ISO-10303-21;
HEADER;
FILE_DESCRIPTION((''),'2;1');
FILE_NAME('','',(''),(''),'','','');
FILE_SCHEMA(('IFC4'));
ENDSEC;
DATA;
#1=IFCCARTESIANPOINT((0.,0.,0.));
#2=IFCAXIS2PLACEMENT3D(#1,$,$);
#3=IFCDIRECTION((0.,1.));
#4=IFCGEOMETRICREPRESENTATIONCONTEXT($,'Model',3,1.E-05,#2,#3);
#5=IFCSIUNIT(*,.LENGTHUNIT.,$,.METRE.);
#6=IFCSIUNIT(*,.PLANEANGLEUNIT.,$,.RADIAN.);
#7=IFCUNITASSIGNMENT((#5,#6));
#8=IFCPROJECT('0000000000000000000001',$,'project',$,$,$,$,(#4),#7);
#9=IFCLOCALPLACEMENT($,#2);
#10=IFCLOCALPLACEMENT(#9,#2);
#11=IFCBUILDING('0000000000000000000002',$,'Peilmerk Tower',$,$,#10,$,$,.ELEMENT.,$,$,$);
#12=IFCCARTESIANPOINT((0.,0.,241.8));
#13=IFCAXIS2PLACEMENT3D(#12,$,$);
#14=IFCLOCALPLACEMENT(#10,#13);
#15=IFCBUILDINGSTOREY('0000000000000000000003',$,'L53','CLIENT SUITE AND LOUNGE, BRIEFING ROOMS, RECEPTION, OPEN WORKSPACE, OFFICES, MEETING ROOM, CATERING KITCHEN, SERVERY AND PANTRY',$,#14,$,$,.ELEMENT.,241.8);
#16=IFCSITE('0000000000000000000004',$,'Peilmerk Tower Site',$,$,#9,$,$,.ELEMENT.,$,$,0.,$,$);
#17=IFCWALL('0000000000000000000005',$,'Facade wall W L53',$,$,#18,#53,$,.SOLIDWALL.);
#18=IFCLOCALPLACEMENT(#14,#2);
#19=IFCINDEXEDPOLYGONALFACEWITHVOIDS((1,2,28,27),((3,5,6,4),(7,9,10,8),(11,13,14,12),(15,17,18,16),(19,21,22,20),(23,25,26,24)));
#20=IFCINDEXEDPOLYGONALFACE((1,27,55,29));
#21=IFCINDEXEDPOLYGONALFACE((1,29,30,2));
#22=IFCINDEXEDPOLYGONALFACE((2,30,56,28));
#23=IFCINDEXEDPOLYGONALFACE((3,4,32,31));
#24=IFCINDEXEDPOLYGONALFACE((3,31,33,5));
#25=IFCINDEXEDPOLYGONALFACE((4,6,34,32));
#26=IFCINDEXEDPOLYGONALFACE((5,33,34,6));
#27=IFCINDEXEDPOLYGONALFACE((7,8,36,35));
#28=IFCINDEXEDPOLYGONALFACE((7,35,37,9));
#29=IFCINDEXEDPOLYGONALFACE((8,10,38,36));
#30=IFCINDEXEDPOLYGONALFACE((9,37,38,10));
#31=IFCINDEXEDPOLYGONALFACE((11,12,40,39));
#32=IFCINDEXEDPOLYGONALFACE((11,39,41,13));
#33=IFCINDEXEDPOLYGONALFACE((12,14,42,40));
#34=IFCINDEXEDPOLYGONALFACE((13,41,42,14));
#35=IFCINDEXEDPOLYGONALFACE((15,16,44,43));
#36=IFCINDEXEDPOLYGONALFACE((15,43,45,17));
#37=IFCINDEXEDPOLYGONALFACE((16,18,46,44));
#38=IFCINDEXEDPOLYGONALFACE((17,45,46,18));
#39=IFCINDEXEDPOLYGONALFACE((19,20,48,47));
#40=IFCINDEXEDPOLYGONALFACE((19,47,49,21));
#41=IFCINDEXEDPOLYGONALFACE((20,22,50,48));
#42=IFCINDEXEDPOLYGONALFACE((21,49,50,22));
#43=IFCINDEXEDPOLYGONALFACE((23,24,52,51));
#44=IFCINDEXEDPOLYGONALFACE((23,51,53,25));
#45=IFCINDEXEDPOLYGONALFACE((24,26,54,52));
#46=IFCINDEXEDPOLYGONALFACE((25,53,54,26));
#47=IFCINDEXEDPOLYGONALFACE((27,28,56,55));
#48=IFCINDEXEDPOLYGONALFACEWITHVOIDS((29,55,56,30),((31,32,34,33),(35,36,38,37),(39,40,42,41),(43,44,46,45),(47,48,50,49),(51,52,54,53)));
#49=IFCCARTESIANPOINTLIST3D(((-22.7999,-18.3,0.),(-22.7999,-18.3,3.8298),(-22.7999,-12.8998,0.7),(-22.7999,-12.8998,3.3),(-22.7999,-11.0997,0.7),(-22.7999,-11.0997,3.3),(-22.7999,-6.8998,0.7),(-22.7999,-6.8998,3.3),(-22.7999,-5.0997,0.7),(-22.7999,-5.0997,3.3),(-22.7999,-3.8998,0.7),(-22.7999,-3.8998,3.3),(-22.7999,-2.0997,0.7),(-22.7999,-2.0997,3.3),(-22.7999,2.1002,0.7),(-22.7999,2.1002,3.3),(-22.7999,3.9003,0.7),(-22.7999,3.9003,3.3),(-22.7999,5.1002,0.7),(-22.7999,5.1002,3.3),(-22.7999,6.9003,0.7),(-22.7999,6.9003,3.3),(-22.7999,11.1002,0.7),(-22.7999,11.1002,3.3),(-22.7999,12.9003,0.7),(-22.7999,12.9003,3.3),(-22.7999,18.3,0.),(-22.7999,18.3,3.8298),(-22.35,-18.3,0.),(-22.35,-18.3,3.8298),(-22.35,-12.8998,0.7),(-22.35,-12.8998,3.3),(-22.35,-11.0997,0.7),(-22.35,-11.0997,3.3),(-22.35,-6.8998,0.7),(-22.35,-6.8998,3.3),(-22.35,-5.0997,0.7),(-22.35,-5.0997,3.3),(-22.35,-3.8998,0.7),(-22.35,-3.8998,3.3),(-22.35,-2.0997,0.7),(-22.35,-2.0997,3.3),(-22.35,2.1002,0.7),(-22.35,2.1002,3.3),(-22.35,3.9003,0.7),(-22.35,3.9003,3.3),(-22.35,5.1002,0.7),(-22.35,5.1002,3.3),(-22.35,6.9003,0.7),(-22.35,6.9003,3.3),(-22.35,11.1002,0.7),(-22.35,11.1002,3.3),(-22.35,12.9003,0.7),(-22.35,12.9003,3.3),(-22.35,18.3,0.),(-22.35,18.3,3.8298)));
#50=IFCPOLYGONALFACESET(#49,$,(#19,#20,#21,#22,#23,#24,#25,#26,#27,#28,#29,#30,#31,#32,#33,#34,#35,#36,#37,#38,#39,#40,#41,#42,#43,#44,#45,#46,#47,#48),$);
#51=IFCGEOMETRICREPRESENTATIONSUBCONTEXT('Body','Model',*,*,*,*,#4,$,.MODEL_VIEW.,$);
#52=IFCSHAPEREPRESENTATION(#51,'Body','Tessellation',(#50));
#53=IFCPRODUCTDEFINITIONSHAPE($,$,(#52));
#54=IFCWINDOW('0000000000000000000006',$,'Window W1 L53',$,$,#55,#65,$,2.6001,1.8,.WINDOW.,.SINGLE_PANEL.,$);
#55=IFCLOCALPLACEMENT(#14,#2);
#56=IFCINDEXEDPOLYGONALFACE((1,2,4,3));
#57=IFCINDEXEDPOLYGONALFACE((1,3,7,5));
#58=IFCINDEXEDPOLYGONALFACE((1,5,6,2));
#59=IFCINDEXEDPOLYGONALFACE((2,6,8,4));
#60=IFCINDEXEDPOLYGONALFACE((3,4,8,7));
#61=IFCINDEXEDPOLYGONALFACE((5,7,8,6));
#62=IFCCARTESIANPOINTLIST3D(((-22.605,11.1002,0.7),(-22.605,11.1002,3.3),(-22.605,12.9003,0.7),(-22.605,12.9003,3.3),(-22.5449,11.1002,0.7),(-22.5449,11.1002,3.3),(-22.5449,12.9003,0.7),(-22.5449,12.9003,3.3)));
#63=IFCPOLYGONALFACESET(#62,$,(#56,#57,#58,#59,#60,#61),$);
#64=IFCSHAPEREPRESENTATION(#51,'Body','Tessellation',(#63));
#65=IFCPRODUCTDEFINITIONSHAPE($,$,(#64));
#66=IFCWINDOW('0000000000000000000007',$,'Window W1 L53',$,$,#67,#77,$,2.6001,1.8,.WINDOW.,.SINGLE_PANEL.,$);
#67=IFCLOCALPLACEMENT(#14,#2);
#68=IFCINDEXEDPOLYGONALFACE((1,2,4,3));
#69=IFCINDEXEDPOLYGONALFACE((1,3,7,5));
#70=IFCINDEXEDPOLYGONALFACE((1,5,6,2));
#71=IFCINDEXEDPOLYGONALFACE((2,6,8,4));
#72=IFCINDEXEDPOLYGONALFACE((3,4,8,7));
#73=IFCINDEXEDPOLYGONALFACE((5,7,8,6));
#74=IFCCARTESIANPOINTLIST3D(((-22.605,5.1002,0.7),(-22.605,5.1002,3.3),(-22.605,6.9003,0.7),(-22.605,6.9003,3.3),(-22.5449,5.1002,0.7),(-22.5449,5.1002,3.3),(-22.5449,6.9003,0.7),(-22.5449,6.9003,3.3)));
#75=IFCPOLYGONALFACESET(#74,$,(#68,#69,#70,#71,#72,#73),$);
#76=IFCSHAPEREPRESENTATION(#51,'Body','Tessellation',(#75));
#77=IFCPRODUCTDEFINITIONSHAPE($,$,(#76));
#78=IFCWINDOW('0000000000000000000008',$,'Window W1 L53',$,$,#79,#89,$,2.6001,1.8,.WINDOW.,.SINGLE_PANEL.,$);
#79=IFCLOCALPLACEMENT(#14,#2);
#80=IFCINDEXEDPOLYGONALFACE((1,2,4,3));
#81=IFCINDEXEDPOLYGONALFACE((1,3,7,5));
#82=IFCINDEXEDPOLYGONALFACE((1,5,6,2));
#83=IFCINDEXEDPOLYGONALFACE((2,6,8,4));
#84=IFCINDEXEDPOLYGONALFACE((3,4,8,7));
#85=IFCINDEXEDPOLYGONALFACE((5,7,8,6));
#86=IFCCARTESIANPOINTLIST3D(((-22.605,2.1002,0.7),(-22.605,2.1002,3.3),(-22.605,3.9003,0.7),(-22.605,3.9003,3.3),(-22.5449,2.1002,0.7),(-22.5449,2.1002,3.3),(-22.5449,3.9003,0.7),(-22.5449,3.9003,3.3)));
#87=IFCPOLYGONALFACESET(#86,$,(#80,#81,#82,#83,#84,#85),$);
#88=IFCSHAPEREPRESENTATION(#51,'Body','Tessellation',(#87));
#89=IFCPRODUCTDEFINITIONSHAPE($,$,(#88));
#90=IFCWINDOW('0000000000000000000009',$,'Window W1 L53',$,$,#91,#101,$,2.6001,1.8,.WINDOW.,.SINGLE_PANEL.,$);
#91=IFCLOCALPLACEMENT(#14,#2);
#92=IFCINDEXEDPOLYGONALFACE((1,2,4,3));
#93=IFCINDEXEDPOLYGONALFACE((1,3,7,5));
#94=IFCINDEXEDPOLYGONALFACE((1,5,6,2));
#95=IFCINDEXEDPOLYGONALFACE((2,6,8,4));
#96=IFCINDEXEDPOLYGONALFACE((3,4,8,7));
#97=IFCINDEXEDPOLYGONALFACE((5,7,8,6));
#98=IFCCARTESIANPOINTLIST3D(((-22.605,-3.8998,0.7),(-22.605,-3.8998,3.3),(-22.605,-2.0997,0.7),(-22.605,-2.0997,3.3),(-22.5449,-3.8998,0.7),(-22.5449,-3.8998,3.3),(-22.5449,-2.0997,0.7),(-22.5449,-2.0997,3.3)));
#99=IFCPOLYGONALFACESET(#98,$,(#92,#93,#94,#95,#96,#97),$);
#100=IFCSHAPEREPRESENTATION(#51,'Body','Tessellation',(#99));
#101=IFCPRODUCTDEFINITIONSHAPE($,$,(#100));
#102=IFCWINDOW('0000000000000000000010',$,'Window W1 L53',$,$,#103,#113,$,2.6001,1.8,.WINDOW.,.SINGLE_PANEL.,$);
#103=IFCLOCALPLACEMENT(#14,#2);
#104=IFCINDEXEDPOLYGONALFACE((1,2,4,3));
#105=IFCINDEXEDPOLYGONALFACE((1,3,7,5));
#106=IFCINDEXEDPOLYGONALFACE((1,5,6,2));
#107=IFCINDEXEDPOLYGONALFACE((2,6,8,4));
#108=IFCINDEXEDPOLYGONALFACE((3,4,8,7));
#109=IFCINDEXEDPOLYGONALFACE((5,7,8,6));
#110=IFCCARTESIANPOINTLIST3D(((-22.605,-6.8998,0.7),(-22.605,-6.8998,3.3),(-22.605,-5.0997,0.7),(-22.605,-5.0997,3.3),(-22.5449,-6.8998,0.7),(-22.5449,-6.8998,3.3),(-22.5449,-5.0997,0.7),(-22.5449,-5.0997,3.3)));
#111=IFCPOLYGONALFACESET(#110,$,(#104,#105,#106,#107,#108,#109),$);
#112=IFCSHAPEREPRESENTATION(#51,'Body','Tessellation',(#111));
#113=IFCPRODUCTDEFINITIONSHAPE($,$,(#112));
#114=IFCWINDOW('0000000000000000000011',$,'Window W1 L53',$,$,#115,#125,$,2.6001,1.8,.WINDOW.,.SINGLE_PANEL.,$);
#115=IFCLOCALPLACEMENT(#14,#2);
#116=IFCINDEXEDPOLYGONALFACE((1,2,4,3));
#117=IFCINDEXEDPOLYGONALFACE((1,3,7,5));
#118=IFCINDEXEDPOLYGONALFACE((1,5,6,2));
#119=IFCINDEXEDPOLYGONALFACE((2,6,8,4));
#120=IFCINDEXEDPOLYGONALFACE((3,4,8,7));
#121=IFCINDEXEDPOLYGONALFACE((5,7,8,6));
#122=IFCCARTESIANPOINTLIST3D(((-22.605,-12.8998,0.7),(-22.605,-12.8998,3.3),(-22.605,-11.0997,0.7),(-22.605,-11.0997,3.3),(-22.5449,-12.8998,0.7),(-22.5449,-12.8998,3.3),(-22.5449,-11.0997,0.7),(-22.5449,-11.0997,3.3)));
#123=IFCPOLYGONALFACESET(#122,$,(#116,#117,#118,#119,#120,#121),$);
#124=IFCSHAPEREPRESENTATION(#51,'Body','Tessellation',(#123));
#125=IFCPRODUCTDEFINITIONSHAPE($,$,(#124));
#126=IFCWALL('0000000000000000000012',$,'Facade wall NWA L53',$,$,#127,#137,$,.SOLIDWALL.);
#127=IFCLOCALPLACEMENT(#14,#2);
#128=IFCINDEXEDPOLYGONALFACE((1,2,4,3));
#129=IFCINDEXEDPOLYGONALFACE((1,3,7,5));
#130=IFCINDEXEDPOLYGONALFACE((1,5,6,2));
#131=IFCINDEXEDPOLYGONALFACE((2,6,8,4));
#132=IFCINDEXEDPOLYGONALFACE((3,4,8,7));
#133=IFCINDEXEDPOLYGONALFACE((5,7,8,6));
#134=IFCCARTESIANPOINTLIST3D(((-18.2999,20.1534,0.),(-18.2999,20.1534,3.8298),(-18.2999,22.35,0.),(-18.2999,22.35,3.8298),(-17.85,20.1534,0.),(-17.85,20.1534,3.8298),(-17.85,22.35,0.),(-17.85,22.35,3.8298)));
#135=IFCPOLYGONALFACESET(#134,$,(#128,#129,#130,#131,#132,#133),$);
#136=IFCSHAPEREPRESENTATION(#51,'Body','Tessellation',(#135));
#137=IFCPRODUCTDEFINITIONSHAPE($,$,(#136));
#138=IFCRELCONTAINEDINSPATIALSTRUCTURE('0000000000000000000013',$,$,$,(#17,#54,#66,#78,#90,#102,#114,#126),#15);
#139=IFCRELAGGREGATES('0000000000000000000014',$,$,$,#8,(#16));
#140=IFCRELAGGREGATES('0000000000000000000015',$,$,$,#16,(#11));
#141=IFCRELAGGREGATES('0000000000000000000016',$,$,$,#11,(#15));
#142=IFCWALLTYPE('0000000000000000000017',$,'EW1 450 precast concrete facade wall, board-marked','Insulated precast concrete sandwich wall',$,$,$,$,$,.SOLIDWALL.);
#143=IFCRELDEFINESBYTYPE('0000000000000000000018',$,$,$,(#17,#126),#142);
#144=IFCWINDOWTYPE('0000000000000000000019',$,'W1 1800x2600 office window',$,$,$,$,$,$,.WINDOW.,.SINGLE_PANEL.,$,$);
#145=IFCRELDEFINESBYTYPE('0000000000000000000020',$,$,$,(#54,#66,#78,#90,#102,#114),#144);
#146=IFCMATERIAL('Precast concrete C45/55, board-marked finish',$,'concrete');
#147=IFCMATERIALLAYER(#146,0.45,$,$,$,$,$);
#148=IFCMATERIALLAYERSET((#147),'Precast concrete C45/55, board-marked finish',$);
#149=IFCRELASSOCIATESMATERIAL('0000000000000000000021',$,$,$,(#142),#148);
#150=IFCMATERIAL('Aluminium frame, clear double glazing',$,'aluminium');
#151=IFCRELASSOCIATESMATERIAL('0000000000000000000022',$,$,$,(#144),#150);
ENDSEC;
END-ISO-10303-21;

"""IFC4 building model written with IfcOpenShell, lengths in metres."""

from ifc_helpers import new_model, si_unit, direction, frame, frame_2d, origin, place, context, subcontext, project, spatial, rectangle, extrude, material, layer, layer_set, type_object, element, fill, save


model = new_model("IFC4")

# Units and contexts
model_context = context("Model", 3, precision=1e-05, world=origin(), true_north=direction((0.0, 1.0)))
body_context = subcontext(model_context, "Body", "Model", "MODEL_VIEW")
ifc_project = project(units=[si_unit("LENGTHUNIT", "METRE"), si_unit("PLANEANGLEUNIT", "RADIAN")], contexts=[model_context])

# Site, building, storey
site_placement = place(None, origin())
site = spatial("IfcSite", under=ifc_project, at=site_placement, Name="Peilmerk Tower Site", CompositionType="ELEMENT", RefElevation=0.0)
building_placement = place(site_placement, origin())
building = spatial("IfcBuilding", under=site, at=building_placement, Name="Peilmerk Tower", CompositionType="ELEMENT")
storey_placement = place(building_placement, frame((0.0, 0.0, 241.8)))
storey = spatial("IfcBuildingStorey", under=building, at=storey_placement, Name="L53", Description="CLIENT SUITE AND LOUNGE, BRIEFING ROOMS, RECEPTION, OPEN WORKSPACE, OFFICES, MEETING ROOM, CATERING KITCHEN, SERVERY AND PANTRY", CompositionType="ELEMENT", Elevation=241.8)

# Wall, openings, windows
ifc_material_1 = material(Name="Precast concrete C45/55, board-marked finish", Category="concrete")
ifc_layer_1 = layer(ifc_material_1, 0.45)
ifc_layer_set_1 = layer_set([ifc_layer_1], Name="Precast concrete C45/55, board-marked finish")
wall_type = type_object("IfcWallType", Name="EW1 450 precast concrete facade wall, board-marked", Description="Insulated precast concrete sandwich wall", PredefinedType="SOLIDWALL", material=ifc_layer_set_1)
wall_1_placement = place(storey_placement, frame((-22.575, 18.3, 0.0), z_axis=(0.0, 0.0, 1.0), x_axis=(0.0, -1.0, 0.0)))
wall_1 = element("IfcWall", 1, at=wall_1_placement, inside=storey, type_object=wall_type, Name="Facade wall W L53", PredefinedType="SOLIDWALL", context=body_context, shape_type="SweptSolid", body=[
    extrude(rectangle(XDim=36.6001, YDim=0.45, at=frame_2d((18.3, 0.0))), origin(), (0.0, 0.0, 1.0), 3.8298),
])
opening_1_placement = place(wall_1_placement, frame((5.3999, 0.0, 0.7)))
opening_1 = element("IfcOpeningElement", 2, at=opening_1_placement, cuts=wall_1, PredefinedType="OPENING", context=body_context, shape_type="SweptSolid", body=[
    extrude(rectangle(XDim=1.8, YDim=2.6001, at=frame_2d((0.8999, 1.3))), frame((0.0, 0.2349, 0.0), z_axis=(0.0, -1.0, 0.0), x_axis=(1.0, 0.0, 0.0)), (0.0, 0.0, 1.0), 0.47),
])
opening_2_placement = place(wall_1_placement, frame((11.3999, 0.0, 0.7)))
opening_2 = element("IfcOpeningElement", 3, at=opening_2_placement, cuts=wall_1, PredefinedType="OPENING", context=body_context, shape_type="SweptSolid", body=[
    extrude(rectangle(XDim=1.8, YDim=2.6001, at=frame_2d((0.8999, 1.3))), frame((0.0, 0.2349, 0.0), z_axis=(0.0, -1.0, 0.0), x_axis=(1.0, 0.0, 0.0)), (0.0, 0.0, 1.0), 0.47),
])
opening_3_placement = place(wall_1_placement, frame((14.3999, 0.0, 0.7)))
opening_3 = element("IfcOpeningElement", 4, at=opening_3_placement, cuts=wall_1, PredefinedType="OPENING", context=body_context, shape_type="SweptSolid", body=[
    extrude(rectangle(XDim=1.8, YDim=2.6001, at=frame_2d((0.8999, 1.3))), frame((0.0, 0.2349, 0.0), z_axis=(0.0, -1.0, 0.0), x_axis=(1.0, 0.0, 0.0)), (0.0, 0.0, 1.0), 0.47),
])
opening_4_placement = place(wall_1_placement, frame((20.3999, 0.0, 0.7)))
opening_4 = element("IfcOpeningElement", 5, at=opening_4_placement, cuts=wall_1, PredefinedType="OPENING", context=body_context, shape_type="SweptSolid", body=[
    extrude(rectangle(XDim=1.8, YDim=2.6001, at=frame_2d((0.8999, 1.3))), frame((0.0, 0.2349, 0.0), z_axis=(0.0, -1.0, 0.0), x_axis=(1.0, 0.0, 0.0)), (0.0, 0.0, 1.0), 0.47),
])
opening_5_placement = place(wall_1_placement, frame((23.3999, 0.0, 0.7)))
opening_5 = element("IfcOpeningElement", 6, at=opening_5_placement, cuts=wall_1, PredefinedType="OPENING", context=body_context, shape_type="SweptSolid", body=[
    extrude(rectangle(XDim=1.8, YDim=2.6001, at=frame_2d((0.8999, 1.3))), frame((0.0, 0.2349, 0.0), z_axis=(0.0, -1.0, 0.0), x_axis=(1.0, 0.0, 0.0)), (0.0, 0.0, 1.0), 0.47),
])
opening_6_placement = place(wall_1_placement, frame((29.3999, 0.0, 0.7)))
opening_6 = element("IfcOpeningElement", 7, at=opening_6_placement, cuts=wall_1, PredefinedType="OPENING", context=body_context, shape_type="SweptSolid", body=[
    extrude(rectangle(XDim=1.8, YDim=2.6001, at=frame_2d((0.8999, 1.3))), frame((0.0, 0.2349, 0.0), z_axis=(0.0, -1.0, 0.0), x_axis=(1.0, 0.0, 0.0)), (0.0, 0.0, 1.0), 0.47),
])
ifc_material_2 = material(Name="Aluminium frame, clear double glazing", Category="aluminium")
window_type = type_object("IfcWindowType", Name="W1 1800x2600 office window", PartitioningType="SINGLE_PANEL", PredefinedType="WINDOW", material=ifc_material_2)
window_1_placement = place(opening_1_placement, origin())
window_1 = element("IfcWindow", 8, at=window_1_placement, inside=storey, type_object=window_type, Name="Window W1 L53", OverallHeight=2.6001, OverallWidth=1.8, PartitioningType="SINGLE_PANEL", PredefinedType="WINDOW", context=body_context, shape_type="SweptSolid", body=[
    extrude(rectangle(XDim=1.8, YDim=2.6001, at=frame_2d((0.8999, 1.3))), frame((0.0, 0.03, 0.0), z_axis=(0.0, -1.0, 0.0), x_axis=(1.0, 0.0, 0.0)), (0.0, 0.0, 1.0), 0.0601),
])
fill(opening_1, window_1)
window_2_placement = place(opening_2_placement, origin())
window_2 = element("IfcWindow", 9, at=window_2_placement, inside=storey, type_object=window_type, Name="Window W1 L53", OverallHeight=2.6001, OverallWidth=1.8, PartitioningType="SINGLE_PANEL", PredefinedType="WINDOW", context=body_context, shape_type="SweptSolid", body=[
    extrude(rectangle(XDim=1.8, YDim=2.6001, at=frame_2d((0.8999, 1.3))), frame((0.0, 0.03, 0.0), z_axis=(0.0, -1.0, 0.0), x_axis=(1.0, 0.0, 0.0)), (0.0, 0.0, 1.0), 0.0601),
])
fill(opening_2, window_2)
window_3_placement = place(opening_3_placement, origin())
window_3 = element("IfcWindow", 10, at=window_3_placement, inside=storey, type_object=window_type, Name="Window W1 L53", OverallHeight=2.6001, OverallWidth=1.8, PartitioningType="SINGLE_PANEL", PredefinedType="WINDOW", context=body_context, shape_type="SweptSolid", body=[
    extrude(rectangle(XDim=1.8, YDim=2.6001, at=frame_2d((0.8999, 1.3))), frame((0.0, 0.03, 0.0), z_axis=(0.0, -1.0, 0.0), x_axis=(1.0, 0.0, 0.0)), (0.0, 0.0, 1.0), 0.0601),
])
fill(opening_3, window_3)
window_4_placement = place(opening_4_placement, origin())
window_4 = element("IfcWindow", 11, at=window_4_placement, inside=storey, type_object=window_type, Name="Window W1 L53", OverallHeight=2.6001, OverallWidth=1.8, PartitioningType="SINGLE_PANEL", PredefinedType="WINDOW", context=body_context, shape_type="SweptSolid", body=[
    extrude(rectangle(XDim=1.8, YDim=2.6001, at=frame_2d((0.8999, 1.3))), frame((0.0, 0.03, 0.0), z_axis=(0.0, -1.0, 0.0), x_axis=(1.0, 0.0, 0.0)), (0.0, 0.0, 1.0), 0.0601),
])
fill(opening_4, window_4)
window_5_placement = place(opening_5_placement, origin())
window_5 = element("IfcWindow", 12, at=window_5_placement, inside=storey, type_object=window_type, Name="Window W1 L53", OverallHeight=2.6001, OverallWidth=1.8, PartitioningType="SINGLE_PANEL", PredefinedType="WINDOW", context=body_context, shape_type="SweptSolid", body=[
    extrude(rectangle(XDim=1.8, YDim=2.6001, at=frame_2d((0.8999, 1.3))), frame((0.0, 0.03, 0.0), z_axis=(0.0, -1.0, 0.0), x_axis=(1.0, 0.0, 0.0)), (0.0, 0.0, 1.0), 0.0601),
])
fill(opening_5, window_5)
window_6_placement = place(opening_6_placement, origin())
window_6 = element("IfcWindow", 13, at=window_6_placement, inside=storey, type_object=window_type, Name="Window W1 L53", OverallHeight=2.6001, OverallWidth=1.8, PartitioningType="SINGLE_PANEL", PredefinedType="WINDOW", context=body_context, shape_type="SweptSolid", body=[
    extrude(rectangle(XDim=1.8, YDim=2.6001, at=frame_2d((0.8999, 1.3))), frame((0.0, 0.03, 0.0), z_axis=(0.0, -1.0, 0.0), x_axis=(1.0, 0.0, 0.0)), (0.0, 0.0, 1.0), 0.0601),
])
fill(opening_6, window_6)

# Wall
wall_2_placement = place(storey_placement, frame((-18.075, 20.1536, 0.0), z_axis=(0.0, 0.0, 1.0), x_axis=(0.0, 1.0, 0.0)))
element("IfcWall", 14, at=wall_2_placement, inside=storey, type_object=wall_type, Name="Facade wall NWA L53", PredefinedType="SOLIDWALL", context=body_context, shape_type="SweptSolid", body=[
    extrude(rectangle(XDim=2.1965, YDim=0.45, at=frame_2d((1.0981, 0.0))), origin(), (0.0, 0.0, 1.0), 3.8298),
])

save(model, "model.ifc")
